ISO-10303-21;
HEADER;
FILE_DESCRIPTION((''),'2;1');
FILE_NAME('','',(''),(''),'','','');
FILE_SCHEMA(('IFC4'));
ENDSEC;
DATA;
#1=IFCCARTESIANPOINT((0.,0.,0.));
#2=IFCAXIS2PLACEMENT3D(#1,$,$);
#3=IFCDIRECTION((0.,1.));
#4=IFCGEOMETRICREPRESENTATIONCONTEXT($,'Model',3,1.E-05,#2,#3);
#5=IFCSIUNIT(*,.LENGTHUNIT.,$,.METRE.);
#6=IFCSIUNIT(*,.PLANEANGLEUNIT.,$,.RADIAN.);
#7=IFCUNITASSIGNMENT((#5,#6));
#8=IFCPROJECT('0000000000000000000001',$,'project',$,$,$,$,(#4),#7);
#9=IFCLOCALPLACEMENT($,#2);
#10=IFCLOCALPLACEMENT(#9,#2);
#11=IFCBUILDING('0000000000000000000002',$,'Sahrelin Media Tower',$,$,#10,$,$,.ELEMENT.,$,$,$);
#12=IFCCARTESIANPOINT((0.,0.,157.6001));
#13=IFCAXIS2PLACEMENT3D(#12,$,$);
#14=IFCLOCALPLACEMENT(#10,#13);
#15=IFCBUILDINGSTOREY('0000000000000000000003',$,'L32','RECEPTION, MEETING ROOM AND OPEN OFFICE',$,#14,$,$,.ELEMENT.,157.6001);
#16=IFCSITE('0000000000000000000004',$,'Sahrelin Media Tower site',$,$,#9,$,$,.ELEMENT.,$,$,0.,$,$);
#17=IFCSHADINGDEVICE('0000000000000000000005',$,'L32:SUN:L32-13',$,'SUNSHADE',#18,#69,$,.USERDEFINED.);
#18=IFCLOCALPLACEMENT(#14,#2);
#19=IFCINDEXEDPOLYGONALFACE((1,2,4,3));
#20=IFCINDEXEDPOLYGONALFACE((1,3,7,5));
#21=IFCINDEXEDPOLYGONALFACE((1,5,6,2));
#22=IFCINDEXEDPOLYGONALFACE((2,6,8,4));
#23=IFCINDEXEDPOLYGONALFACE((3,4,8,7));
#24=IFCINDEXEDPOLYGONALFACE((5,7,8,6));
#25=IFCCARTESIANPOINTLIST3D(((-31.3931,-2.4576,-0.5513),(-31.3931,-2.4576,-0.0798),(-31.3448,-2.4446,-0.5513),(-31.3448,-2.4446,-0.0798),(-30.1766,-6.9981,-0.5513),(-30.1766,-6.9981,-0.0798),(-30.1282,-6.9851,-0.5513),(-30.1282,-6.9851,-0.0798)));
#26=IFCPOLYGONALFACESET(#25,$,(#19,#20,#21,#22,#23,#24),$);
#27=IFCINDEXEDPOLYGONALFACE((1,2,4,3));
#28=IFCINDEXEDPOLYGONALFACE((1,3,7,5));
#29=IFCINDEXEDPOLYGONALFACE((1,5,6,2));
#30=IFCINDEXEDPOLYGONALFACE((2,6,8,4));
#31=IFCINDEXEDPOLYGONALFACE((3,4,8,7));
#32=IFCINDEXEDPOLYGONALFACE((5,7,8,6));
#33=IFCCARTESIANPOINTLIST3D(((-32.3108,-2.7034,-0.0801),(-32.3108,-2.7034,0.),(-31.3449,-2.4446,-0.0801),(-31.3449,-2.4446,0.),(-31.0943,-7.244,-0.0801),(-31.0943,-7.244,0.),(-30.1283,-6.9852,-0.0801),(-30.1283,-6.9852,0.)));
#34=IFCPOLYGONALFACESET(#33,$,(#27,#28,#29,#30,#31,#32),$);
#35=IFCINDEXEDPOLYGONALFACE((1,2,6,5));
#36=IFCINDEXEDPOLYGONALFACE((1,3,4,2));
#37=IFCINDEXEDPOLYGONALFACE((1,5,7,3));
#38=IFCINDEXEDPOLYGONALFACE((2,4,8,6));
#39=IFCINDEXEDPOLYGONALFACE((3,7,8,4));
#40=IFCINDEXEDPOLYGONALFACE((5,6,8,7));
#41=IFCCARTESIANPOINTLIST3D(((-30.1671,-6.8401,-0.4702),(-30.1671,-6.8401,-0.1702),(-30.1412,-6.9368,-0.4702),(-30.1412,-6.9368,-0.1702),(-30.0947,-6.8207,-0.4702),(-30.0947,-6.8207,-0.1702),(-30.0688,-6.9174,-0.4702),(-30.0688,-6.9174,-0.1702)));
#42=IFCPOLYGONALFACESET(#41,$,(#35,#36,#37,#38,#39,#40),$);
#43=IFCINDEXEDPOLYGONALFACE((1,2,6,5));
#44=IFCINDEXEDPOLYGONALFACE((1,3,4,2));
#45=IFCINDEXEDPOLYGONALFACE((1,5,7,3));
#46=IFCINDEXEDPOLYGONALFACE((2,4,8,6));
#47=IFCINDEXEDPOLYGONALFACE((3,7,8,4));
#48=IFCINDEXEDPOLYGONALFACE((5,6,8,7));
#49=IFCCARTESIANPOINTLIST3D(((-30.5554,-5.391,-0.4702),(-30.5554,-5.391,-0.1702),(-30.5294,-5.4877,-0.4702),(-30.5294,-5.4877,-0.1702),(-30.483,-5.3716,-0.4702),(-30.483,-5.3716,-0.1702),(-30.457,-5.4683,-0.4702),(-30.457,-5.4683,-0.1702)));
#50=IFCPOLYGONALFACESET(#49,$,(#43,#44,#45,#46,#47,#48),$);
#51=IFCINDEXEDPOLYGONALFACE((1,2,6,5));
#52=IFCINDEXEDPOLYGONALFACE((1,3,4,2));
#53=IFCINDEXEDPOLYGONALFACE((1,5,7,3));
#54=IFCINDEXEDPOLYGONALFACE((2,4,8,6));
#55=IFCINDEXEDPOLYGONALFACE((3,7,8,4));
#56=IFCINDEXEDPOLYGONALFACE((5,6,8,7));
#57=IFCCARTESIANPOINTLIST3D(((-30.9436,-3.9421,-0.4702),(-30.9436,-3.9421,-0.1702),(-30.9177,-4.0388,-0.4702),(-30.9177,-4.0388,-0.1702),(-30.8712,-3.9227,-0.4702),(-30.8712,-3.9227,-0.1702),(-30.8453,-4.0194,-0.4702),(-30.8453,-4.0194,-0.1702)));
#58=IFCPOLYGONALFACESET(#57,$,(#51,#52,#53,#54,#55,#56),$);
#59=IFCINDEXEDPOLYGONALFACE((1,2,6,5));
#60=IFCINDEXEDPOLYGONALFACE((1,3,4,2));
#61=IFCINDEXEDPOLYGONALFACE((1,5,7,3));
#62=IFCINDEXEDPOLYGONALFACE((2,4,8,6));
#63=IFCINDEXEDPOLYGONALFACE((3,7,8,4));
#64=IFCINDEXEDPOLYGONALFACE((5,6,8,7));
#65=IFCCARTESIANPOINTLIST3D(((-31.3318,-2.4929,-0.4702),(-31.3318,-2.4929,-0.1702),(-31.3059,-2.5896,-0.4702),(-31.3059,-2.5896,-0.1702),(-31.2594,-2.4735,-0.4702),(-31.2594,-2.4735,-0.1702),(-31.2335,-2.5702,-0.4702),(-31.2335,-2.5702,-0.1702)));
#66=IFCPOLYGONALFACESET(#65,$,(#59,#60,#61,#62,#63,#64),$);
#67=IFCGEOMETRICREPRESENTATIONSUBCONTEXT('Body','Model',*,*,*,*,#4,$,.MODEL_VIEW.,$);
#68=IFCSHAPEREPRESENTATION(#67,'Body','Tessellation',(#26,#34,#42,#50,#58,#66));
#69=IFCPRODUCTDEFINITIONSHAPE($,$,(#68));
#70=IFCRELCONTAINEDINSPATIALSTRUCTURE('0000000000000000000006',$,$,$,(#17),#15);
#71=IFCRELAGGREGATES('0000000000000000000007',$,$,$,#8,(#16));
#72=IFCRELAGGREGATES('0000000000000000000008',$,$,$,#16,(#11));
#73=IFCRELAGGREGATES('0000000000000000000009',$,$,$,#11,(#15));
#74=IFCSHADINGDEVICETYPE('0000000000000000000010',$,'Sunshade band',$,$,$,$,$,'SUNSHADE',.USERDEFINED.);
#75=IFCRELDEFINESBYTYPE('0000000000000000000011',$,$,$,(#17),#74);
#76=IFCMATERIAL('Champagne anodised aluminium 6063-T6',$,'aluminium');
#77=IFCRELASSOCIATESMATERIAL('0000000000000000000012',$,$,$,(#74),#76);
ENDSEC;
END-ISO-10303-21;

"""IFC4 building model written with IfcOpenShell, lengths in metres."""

from ifc_helpers import new_model, si_unit, direction, frame, origin, origin_2d, place, context, subcontext, project, spatial, rectangle, extrude, material, type_object, element, save


model = new_model("IFC4")

# Units and contexts
model_context = context("Model", 3, precision=1e-05, world=origin(), true_north=direction((0.0, 1.0)))
body_context = subcontext(model_context, "Body", "Model", "MODEL_VIEW")
ifc_project = project(units=[si_unit("LENGTHUNIT", "METRE"), si_unit("PLANEANGLEUNIT", "RADIAN")], contexts=[model_context])

# Site, building, storey
site_placement = place(None, origin())
site = spatial("IfcSite", under=ifc_project, at=site_placement, Name="Sahrelin Media Tower site", CompositionType="ELEMENT", RefElevation=0.0)
building_placement = place(site_placement, origin())
building = spatial("IfcBuilding", under=site, at=building_placement, Name="Sahrelin Media Tower", CompositionType="ELEMENT")
storey_placement = place(building_placement, frame((0.0, 0.0, 157.6001)))
storey = spatial("IfcBuildingStorey", under=building, at=storey_placement, Name="L32", Description="RECEPTION, MEETING ROOM AND OPEN OFFICE", CompositionType="ELEMENT", Elevation=157.6001)

# Shared definitions
ifc_material_1 = material(Name="Champagne anodised aluminium 6063-T6", Category="aluminium")

# Shading device
placement_1 = place(storey_placement, frame((-30.7173, -4.7097, 0.0), z_axis=(0.0, 0.0, 1.0), x_axis=(-0.258808, 0.965929, 0.0)))
shading_device_type_1 = type_object("IfcShadingDeviceType", Name="Sunshade band", ElementType="SUNSHADE", PredefinedType="USERDEFINED", material=ifc_material_1)
element("IfcShadingDevice", 1, at=placement_1, inside=storey, type_object=shading_device_type_1, Name="L32:SUN:L32-13", ObjectType="SUNSHADE", PredefinedType="USERDEFINED", context=body_context, shape_type="SweptSolid", body=[
    extrude(rectangle(XDim=4.7007, YDim=0.05, at=origin_2d()), frame((0.0, 0.0449, -0.5513)), (0.0, 0.0, 1.0), 0.4714),
    extrude(rectangle(XDim=4.7007, YDim=1.0, at=origin_2d()), frame((0.0, 0.52, -0.0801)), (0.0, 0.0, 1.0), 0.0801),
    extrude(rectangle(XDim=0.1001, YDim=0.075, at=origin_2d()), frame((-2.2502, -0.0176, -0.4702)), (0.0, 0.0, 1.0), 0.3),
    extrude(rectangle(XDim=0.1001, YDim=0.075, at=origin_2d()), frame((-0.75, -0.0176, -0.4702)), (0.0, 0.0, 1.0), 0.3),
    extrude(rectangle(XDim=0.1001, YDim=0.075, at=origin_2d()), frame((0.75, -0.0176, -0.4702)), (0.0, 0.0, 1.0), 0.3),
    extrude(rectangle(XDim=0.1001, YDim=0.075, at=origin_2d()), frame((2.2502, -0.0176, -0.4702)), (0.0, 0.0, 1.0), 0.3),
])

save(model, "model.ifc")
